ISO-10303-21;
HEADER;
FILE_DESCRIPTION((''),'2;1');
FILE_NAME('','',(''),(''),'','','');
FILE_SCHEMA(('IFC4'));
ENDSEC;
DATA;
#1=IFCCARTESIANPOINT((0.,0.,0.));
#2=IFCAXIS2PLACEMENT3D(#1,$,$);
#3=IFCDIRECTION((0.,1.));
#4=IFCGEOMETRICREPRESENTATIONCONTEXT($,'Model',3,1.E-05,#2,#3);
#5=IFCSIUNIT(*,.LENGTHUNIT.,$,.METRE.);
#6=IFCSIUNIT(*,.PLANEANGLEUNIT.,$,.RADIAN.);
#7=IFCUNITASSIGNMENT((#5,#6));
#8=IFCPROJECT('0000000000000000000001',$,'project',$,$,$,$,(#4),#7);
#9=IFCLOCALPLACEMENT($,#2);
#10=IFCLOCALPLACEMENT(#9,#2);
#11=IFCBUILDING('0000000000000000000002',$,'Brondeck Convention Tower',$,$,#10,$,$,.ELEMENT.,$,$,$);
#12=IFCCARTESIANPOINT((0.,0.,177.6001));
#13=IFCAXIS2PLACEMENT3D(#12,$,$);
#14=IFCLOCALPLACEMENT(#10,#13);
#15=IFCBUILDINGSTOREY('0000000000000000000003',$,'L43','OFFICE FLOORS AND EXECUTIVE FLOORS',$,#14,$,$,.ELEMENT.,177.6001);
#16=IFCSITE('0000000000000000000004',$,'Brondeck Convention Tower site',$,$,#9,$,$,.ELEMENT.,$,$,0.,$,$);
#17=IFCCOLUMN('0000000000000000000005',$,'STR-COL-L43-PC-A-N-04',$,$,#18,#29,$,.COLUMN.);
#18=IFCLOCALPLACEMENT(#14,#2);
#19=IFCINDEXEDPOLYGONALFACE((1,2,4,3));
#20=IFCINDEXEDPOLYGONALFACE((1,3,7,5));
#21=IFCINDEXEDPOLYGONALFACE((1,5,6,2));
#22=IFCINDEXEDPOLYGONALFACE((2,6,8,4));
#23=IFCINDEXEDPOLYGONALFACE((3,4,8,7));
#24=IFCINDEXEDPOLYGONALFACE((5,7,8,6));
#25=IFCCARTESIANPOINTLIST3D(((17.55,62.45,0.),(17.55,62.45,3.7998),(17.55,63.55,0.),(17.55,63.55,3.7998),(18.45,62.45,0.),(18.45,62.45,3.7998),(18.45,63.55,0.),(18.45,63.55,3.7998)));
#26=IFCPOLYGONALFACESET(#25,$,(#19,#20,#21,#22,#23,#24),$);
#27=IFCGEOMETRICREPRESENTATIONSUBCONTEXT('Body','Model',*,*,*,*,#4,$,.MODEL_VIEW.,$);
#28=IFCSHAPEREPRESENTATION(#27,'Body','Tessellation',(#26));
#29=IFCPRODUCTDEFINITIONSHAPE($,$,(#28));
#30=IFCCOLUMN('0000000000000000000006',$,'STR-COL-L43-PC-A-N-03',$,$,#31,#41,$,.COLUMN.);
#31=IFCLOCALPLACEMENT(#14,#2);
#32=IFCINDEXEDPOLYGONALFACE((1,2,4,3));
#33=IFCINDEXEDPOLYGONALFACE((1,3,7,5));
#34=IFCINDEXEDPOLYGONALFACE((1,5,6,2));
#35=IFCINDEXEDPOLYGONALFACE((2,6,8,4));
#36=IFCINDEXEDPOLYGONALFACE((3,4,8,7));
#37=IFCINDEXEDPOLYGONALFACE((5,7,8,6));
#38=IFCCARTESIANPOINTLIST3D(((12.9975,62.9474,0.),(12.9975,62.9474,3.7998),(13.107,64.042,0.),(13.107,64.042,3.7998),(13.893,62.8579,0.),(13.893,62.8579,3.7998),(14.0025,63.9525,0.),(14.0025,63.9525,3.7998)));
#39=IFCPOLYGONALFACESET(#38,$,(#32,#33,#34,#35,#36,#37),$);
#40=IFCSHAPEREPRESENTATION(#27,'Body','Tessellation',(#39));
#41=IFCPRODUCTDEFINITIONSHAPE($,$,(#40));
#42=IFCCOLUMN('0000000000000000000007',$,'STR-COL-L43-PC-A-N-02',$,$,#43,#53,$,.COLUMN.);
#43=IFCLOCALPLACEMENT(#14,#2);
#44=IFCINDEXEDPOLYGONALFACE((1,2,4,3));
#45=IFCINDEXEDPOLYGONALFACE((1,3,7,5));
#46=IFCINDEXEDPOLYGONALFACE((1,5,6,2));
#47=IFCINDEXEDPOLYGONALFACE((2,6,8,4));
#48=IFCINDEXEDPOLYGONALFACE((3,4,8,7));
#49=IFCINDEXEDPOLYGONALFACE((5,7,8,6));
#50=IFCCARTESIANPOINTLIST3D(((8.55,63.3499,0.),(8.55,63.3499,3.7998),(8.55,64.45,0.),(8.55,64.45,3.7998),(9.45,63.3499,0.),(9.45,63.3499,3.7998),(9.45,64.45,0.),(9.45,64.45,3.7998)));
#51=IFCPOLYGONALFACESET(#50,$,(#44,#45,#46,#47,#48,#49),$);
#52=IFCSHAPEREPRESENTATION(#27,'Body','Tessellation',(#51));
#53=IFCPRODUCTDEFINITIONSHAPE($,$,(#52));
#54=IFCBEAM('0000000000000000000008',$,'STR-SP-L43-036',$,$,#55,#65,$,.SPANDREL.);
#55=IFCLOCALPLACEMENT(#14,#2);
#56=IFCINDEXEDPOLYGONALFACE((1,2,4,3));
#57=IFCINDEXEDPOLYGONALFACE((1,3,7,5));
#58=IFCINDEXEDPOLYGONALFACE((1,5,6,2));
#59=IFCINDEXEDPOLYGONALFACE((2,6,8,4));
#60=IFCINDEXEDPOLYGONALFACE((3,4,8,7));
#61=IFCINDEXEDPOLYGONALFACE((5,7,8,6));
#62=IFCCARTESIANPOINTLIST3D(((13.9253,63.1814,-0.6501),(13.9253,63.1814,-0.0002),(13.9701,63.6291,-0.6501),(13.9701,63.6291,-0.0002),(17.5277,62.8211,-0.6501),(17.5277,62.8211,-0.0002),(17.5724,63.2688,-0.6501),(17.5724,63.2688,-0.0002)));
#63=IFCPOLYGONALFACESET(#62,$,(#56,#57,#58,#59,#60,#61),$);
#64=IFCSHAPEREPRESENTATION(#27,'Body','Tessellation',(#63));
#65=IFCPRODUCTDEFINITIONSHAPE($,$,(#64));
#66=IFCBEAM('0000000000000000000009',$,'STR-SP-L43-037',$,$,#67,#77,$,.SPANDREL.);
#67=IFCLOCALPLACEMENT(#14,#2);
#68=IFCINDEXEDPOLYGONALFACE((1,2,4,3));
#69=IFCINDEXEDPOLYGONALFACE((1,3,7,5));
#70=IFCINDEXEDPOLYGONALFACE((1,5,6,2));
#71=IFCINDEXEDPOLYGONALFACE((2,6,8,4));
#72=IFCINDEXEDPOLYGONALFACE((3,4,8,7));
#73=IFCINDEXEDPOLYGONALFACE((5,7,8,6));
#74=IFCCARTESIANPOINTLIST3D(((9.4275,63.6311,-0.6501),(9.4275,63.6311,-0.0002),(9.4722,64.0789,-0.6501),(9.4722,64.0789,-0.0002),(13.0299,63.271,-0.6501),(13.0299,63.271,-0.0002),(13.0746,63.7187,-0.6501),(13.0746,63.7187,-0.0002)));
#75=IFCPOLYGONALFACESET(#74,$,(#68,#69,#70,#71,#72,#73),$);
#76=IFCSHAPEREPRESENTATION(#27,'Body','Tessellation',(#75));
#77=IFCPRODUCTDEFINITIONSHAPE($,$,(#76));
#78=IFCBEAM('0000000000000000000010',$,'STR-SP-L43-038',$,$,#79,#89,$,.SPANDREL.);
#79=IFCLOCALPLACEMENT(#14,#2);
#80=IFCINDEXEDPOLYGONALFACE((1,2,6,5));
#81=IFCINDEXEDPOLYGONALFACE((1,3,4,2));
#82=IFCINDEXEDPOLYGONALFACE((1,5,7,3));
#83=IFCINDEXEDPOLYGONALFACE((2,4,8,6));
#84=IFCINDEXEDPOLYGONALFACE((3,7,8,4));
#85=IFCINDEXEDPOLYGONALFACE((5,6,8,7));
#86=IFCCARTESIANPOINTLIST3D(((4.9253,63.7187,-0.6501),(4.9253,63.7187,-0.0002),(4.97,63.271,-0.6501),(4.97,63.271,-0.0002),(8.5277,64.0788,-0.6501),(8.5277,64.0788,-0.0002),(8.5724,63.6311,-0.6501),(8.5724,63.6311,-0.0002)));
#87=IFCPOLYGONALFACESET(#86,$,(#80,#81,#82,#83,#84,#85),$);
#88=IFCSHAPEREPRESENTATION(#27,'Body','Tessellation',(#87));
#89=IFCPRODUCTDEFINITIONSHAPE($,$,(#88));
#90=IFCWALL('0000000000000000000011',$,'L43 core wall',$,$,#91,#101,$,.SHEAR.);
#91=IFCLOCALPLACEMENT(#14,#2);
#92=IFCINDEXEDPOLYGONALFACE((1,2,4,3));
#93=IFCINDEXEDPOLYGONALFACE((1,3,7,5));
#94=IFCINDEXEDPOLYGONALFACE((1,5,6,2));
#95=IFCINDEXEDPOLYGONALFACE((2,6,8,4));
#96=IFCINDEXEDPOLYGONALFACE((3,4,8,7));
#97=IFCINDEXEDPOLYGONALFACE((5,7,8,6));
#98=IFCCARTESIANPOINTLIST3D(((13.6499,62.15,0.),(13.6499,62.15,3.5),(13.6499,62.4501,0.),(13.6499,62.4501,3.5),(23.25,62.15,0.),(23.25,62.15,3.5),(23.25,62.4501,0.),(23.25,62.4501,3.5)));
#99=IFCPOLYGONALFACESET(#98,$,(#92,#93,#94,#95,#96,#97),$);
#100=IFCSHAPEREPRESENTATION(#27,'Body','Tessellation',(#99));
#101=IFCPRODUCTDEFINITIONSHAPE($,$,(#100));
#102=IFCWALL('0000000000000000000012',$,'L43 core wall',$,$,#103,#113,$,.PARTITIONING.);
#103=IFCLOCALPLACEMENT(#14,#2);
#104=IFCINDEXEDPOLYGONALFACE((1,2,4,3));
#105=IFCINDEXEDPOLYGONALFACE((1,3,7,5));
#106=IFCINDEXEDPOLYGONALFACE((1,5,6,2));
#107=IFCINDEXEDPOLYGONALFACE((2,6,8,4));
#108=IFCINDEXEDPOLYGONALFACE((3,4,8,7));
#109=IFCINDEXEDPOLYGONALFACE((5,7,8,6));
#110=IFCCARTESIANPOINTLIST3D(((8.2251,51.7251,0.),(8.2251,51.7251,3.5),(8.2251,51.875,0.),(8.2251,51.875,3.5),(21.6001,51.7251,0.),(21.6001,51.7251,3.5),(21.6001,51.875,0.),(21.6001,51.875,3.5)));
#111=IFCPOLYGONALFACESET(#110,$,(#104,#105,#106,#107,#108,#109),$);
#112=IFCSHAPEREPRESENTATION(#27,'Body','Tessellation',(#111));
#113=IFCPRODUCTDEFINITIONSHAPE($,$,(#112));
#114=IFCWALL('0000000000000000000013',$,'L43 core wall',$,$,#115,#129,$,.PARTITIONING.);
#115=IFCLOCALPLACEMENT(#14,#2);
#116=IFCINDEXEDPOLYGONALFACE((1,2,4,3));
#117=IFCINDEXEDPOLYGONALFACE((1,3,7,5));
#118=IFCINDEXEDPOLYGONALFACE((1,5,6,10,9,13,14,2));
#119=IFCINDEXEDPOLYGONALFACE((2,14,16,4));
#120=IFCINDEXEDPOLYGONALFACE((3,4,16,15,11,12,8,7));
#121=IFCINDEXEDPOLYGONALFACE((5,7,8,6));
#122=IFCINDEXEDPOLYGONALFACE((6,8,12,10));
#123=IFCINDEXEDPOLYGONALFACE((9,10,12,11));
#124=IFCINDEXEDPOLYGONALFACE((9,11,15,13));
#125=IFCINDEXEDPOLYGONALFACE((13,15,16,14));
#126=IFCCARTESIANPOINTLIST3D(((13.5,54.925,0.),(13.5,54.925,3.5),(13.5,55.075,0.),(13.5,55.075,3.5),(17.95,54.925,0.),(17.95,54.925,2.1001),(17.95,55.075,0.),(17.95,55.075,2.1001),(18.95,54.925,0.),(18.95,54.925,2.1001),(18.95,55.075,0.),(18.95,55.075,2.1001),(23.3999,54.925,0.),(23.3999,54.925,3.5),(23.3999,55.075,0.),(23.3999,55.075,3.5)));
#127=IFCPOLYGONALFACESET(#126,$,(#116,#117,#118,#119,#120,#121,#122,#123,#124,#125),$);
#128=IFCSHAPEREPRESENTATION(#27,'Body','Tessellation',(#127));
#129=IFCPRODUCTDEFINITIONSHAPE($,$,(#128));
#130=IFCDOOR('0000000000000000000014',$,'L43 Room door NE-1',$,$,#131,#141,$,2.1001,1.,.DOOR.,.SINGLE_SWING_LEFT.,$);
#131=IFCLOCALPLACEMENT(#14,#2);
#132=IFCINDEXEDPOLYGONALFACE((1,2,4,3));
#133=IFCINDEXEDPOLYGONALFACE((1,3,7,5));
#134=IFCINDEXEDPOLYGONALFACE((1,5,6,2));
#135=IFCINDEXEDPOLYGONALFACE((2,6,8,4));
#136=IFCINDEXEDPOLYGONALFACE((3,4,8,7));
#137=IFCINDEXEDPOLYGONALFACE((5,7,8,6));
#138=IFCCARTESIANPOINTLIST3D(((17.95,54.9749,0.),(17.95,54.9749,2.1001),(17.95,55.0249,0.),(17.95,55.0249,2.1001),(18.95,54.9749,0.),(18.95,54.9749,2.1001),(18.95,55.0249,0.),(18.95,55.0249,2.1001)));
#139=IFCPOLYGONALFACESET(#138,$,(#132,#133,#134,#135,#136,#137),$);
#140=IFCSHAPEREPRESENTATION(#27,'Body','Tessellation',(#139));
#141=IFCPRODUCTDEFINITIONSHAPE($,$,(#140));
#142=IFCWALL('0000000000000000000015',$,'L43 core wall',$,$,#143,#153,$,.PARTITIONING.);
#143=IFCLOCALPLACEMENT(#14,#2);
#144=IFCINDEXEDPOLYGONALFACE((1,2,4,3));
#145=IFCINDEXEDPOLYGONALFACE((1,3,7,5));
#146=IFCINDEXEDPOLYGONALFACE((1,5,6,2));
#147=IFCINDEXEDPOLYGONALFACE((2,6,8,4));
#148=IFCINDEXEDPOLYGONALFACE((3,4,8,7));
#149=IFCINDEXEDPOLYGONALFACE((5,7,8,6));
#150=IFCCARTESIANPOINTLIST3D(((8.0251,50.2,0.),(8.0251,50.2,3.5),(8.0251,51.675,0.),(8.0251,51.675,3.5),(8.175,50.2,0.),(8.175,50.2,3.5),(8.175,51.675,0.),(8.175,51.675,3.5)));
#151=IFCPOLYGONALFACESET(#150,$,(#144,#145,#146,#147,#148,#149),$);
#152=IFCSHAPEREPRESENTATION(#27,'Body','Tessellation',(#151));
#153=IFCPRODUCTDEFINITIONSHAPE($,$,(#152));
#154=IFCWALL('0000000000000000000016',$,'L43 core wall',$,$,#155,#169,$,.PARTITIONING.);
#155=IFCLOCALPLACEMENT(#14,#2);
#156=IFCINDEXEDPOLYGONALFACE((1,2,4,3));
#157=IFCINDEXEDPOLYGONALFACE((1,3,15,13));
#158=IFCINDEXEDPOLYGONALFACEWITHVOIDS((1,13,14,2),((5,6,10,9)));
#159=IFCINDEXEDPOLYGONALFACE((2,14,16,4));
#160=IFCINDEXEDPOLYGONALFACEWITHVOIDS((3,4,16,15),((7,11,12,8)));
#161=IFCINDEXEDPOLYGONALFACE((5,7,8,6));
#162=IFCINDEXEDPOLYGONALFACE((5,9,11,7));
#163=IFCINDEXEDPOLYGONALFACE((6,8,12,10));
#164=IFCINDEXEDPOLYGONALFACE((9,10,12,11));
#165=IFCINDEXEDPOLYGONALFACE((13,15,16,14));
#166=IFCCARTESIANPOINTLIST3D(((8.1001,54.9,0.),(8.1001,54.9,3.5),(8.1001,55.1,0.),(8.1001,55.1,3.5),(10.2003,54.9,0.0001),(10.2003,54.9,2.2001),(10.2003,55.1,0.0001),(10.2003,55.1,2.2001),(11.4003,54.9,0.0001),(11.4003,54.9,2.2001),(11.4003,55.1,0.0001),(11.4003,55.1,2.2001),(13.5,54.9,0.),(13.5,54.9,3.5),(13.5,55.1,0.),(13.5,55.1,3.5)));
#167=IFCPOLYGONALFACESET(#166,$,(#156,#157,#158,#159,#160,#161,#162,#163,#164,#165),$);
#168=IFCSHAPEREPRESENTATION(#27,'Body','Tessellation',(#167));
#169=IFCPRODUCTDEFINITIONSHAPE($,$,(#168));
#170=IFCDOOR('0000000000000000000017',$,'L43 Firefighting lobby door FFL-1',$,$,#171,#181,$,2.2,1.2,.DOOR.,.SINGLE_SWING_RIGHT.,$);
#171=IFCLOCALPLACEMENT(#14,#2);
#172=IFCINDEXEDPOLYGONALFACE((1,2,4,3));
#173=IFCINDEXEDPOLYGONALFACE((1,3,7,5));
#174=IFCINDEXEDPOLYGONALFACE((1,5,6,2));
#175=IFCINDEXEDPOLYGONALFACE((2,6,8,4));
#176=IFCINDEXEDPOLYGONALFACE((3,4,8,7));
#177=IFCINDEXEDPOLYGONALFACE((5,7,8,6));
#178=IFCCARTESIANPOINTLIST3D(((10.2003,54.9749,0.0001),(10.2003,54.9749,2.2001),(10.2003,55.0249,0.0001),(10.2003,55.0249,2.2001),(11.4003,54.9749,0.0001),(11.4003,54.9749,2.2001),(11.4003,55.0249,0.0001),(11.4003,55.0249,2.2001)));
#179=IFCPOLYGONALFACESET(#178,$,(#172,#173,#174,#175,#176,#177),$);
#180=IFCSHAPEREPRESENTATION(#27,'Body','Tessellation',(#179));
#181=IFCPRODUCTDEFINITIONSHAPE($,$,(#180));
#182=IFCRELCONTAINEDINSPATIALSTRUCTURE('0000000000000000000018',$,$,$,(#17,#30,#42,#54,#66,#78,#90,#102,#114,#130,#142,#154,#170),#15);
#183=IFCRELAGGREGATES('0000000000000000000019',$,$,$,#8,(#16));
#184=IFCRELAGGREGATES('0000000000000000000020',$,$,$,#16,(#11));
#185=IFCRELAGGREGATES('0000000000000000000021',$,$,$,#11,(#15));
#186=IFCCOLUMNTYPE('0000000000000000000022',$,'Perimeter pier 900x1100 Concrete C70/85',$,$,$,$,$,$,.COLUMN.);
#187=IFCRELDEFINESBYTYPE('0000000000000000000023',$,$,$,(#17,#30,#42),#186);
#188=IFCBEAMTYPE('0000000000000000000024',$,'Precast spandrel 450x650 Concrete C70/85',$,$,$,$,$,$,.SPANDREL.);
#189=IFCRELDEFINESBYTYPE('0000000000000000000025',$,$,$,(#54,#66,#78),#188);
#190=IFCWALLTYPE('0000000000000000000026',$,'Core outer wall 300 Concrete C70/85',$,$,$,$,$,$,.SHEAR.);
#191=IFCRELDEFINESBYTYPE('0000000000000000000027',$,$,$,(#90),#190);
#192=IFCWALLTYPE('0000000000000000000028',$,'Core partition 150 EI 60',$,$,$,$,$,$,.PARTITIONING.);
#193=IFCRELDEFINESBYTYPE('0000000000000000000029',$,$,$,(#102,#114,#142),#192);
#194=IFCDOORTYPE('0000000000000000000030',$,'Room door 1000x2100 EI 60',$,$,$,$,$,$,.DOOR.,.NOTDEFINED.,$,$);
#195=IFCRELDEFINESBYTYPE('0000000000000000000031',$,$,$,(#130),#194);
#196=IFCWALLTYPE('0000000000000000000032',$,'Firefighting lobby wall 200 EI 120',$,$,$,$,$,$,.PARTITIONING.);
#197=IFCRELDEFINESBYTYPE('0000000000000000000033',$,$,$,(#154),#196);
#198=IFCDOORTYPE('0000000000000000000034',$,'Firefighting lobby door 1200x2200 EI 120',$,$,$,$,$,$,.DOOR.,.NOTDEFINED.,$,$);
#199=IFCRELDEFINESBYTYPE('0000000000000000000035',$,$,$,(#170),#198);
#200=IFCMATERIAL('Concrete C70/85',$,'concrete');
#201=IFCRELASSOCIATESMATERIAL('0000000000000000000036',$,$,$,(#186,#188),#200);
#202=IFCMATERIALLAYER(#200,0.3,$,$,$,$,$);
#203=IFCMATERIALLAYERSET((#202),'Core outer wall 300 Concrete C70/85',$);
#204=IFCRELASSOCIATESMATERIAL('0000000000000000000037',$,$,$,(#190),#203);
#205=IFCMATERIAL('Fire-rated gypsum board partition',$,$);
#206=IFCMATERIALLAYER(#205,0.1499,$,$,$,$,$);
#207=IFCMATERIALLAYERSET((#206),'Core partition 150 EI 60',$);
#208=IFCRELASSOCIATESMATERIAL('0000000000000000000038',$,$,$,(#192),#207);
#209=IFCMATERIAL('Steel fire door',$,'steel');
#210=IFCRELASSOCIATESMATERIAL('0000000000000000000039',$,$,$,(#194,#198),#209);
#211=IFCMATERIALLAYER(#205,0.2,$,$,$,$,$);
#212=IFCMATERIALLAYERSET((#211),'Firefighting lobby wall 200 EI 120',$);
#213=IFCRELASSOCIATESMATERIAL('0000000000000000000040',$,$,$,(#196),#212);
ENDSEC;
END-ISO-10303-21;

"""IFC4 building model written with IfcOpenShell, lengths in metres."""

from ifc_helpers import new_model, si_unit, direction, frame, frame_2d, origin, origin_2d, place, context, subcontext, project, spatial, rectangle, extrude, material, layer, layer_set, material_profile, profile_set, type_object, element, fill, save


model = new_model("IFC4")

# Units and contexts
model_context = context("Model", 3, precision=1e-05, world=origin(), true_north=direction((0.0, 1.0)))
body_context = subcontext(model_context, "Body", "Model", "MODEL_VIEW")
ifc_project = project(units=[si_unit("LENGTHUNIT", "METRE"), si_unit("PLANEANGLEUNIT", "RADIAN")], contexts=[model_context])

# Site, building, storey
site_placement = place(None, origin())
site = spatial("IfcSite", under=ifc_project, at=site_placement, Name="Brondeck Convention Tower site", CompositionType="ELEMENT", RefElevation=0.0)
building_placement = place(site_placement, origin())
building = spatial("IfcBuilding", under=site, at=building_placement, Name="Brondeck Convention Tower", CompositionType="ELEMENT")
storey_placement = place(building_placement, frame((0.0, 0.0, 177.6001)))
storey = spatial("IfcBuildingStorey", under=building, at=storey_placement, Name="L43", Description="OFFICE FLOORS AND EXECUTIVE FLOORS", CompositionType="ELEMENT", Elevation=177.6001)

# Columns
ifc_material_1 = material(Name="Concrete C70/85", Category="concrete")
ifc_material_profile_1 = material_profile(ifc_material_1, rectangle(XDim=0.8999, YDim=1.1001, at=origin_2d()), Name="Perimeter pier 900x1100 Concrete C70/85")
ifc_profile_set_1 = profile_set([ifc_material_profile_1], Name="Concrete C70/85")
column_type = type_object("IfcColumnType", Name="Perimeter pier 900x1100 Concrete C70/85", PredefinedType="COLUMN", material=ifc_profile_set_1)
for number, where, z_axis, x_axis, name in (
    (1, (18.0, 63.0, 0.0), (0.0, 0.0, 1.0), (-1.0, 0.0, 0.0), "STR-COL-L43-PC-A-N-04"),
    (2, (13.5, 63.45, 0.0), (0.0, 0.0, 1.0), (-0.995037, 0.099504, 0.0), "STR-COL-L43-PC-A-N-03"),
    (3, (9.0, 63.8999, 0.0), (0.0, 0.0, 1.0), (-1.0, 0.0, 0.0), "STR-COL-L43-PC-A-N-02"),
):
    element("IfcColumn", number, at=place(storey_placement, frame(where, z_axis=z_axis, x_axis=x_axis)), inside=storey, type_object=column_type, Name=name, PredefinedType="COLUMN", context=body_context, shape_type="SweptSolid", body=[
        extrude(rectangle(XDim=0.8999, YDim=1.1001, at=origin_2d()), origin(), (0.0, 0.0, 1.0), 3.7998),
    ])

# Beams
ifc_material_profile_2 = material_profile(ifc_material_1, rectangle(XDim=0.45, YDim=0.6499, at=origin_2d()), Name="Precast spandrel 450x650 Concrete C70/85")
ifc_profile_set_2 = profile_set([ifc_material_profile_2], Name="Concrete C70/85")
beam_type = type_object("IfcBeamType", Name="Precast spandrel 450x650 Concrete C70/85", PredefinedType="SPANDREL", material=ifc_profile_set_2)
for number, where, z_axis, x_axis, name in (
    (4, (17.55, 63.0449, -0.3252), (-0.995034, 0.099537, 0.0), (-0.099537, -0.995034, 0.0), "STR-SP-L43-036"),
    (5, (13.0522, 63.4949, -0.3252), (-0.995041, 0.09947, 0.0), (-0.09947, -0.995041, 0.0), "STR-SP-L43-037"),
    (6, (8.55, 63.855, -0.3252), (-0.995041, -0.09947, 0.0), (0.09947, -0.995041, 0.0), "STR-SP-L43-038"),
):
    element("IfcBeam", number, at=place(storey_placement, frame(where, z_axis=z_axis, x_axis=x_axis)), inside=storey, type_object=beam_type, Name=name, PredefinedType="SPANDREL", context=body_context, shape_type="SweptSolid", body=[
        extrude(rectangle(XDim=0.45, YDim=0.6499, at=origin_2d()), origin(), (0.0, 0.0, 1.0), 3.6204),
    ])

# Walls
ifc_layer_1 = layer(ifc_material_1, 0.3)
ifc_layer_set_1 = layer_set([ifc_layer_1], Name="Core outer wall 300 Concrete C70/85")
wall_type_1 = type_object("IfcWallType", Name="Core outer wall 300 Concrete C70/85", PredefinedType="SHEAR", material=ifc_layer_set_1)
wall_1_placement = place(storey_placement, frame((13.6499, 62.3, 0.0), z_axis=(0.0, 0.0, 1.0), x_axis=(1.0, 0.0, 0.0)))
element("IfcWall", 7, at=wall_1_placement, inside=storey, type_object=wall_type_1, Name="L43 core wall", PredefinedType="SHEAR", context=body_context, shape_type="SweptSolid", body=[
    extrude(rectangle(XDim=9.6001, YDim=0.3, at=frame_2d((4.8, 0.0))), origin(), (0.0, 0.0, 1.0), 3.5),
])
ifc_material_2 = material(Name="Fire-rated gypsum board partition")
ifc_layer_2 = layer(ifc_material_2, 0.1499)
ifc_layer_set_2 = layer_set([ifc_layer_2], Name="Core partition 150 EI 60")
wall_type_2 = type_object("IfcWallType", Name="Core partition 150 EI 60", PredefinedType="PARTITIONING", material=ifc_layer_set_2)
wall_2_placement = place(storey_placement, frame((8.2251, 51.8, 0.0), z_axis=(0.0, 0.0, 1.0), x_axis=(1.0, 0.0, 0.0)))
element("IfcWall", 8, at=wall_2_placement, inside=storey, type_object=wall_type_2, Name="L43 core wall", PredefinedType="PARTITIONING", context=body_context, shape_type="SweptSolid", body=[
    extrude(rectangle(XDim=13.375, YDim=0.1499, at=frame_2d((6.6875, 0.0))), origin(), (0.0, 0.0, 1.0), 3.5),
])

# Wall, opening, door
wall_3_placement = place(storey_placement, frame((13.5, 55.0, 0.0), z_axis=(0.0, 0.0, 1.0), x_axis=(1.0, 0.0, 0.0)))
wall_3 = element("IfcWall", 9, at=wall_3_placement, inside=storey, type_object=wall_type_2, Name="L43 core wall", PredefinedType="PARTITIONING", context=body_context, shape_type="SweptSolid", body=[
    extrude(rectangle(XDim=9.8999, YDim=0.1499, at=frame_2d((4.95, 0.0))), origin(), (0.0, 0.0, 1.0), 3.5),
])
opening_1_placement = place(wall_3_placement, frame((4.45, 0.0, 0.0)))
opening_1 = element("IfcOpeningElement", 10, at=opening_1_placement, cuts=wall_3, PredefinedType="OPENING", context=body_context, shape_type="SweptSolid", body=[
    extrude(rectangle(XDim=1.0, YDim=2.1001, at=frame_2d((0.5, 1.05))), frame((0.0, 0.085, 0.0), z_axis=(0.0, -1.0, 0.0), x_axis=(1.0, 0.0, 0.0)), (0.0, 0.0, 1.0), 0.1699),
])
ifc_material_3 = material(Name="Steel fire door", Category="steel")
door_type_1 = type_object("IfcDoorType", Name="Room door 1000x2100 EI 60", OperationType="NOTDEFINED", PredefinedType="DOOR", material=ifc_material_3)
door_1_placement = place(opening_1_placement, origin())
door_1 = element("IfcDoor", 11, at=door_1_placement, inside=storey, type_object=door_type_1, Name="L43 Room door NE-1", OperationType="SINGLE_SWING_LEFT", OverallHeight=2.1001, OverallWidth=1.0, PredefinedType="DOOR", context=body_context, shape_type="SweptSolid", body=[
    extrude(rectangle(XDim=1.0, YDim=2.1001, at=frame_2d((0.5, 1.05))), frame((0.0, 0.0249, 0.0), z_axis=(0.0, -1.0, 0.0), x_axis=(1.0, 0.0, 0.0)), (0.0, 0.0, 1.0), 0.05),
])
fill(opening_1, door_1)

# Wall
wall_4_placement = place(storey_placement, frame((8.1001, 50.2, 0.0), z_axis=(0.0, 0.0, 1.0), x_axis=(0.0, 1.0, 0.0)))
element("IfcWall", 12, at=wall_4_placement, inside=storey, type_object=wall_type_2, Name="L43 core wall", PredefinedType="PARTITIONING", context=body_context, shape_type="SweptSolid", body=[
    extrude(rectangle(XDim=1.4751, YDim=0.1499, at=frame_2d((0.7375, 0.0))), origin(), (0.0, 0.0, 1.0), 3.5),
])

# Wall, opening, door
ifc_layer_3 = layer(ifc_material_2, 0.2)
ifc_layer_set_3 = layer_set([ifc_layer_3], Name="Firefighting lobby wall 200 EI 120")
wall_type_3 = type_object("IfcWallType", Name="Firefighting lobby wall 200 EI 120", PredefinedType="PARTITIONING", material=ifc_layer_set_3)
wall_5_placement = place(storey_placement, frame((8.1001, 55.0, 0.0), z_axis=(0.0, 0.0, 1.0), x_axis=(1.0, 0.0, 0.0)))
wall_5 = element("IfcWall", 13, at=wall_5_placement, inside=storey, type_object=wall_type_3, Name="L43 core wall", PredefinedType="PARTITIONING", context=body_context, shape_type="SweptSolid", body=[
    extrude(rectangle(XDim=5.3999, YDim=0.2, at=frame_2d((2.7, 0.0))), origin(), (0.0, 0.0, 1.0), 3.5),
])
opening_2_placement = place(wall_5_placement, frame((2.1001, 0.0, 0.0)))
opening_2 = element("IfcOpeningElement", 14, at=opening_2_placement, cuts=wall_5, PredefinedType="OPENING", context=body_context, shape_type="SweptSolid", body=[
    extrude(rectangle(XDim=1.2, YDim=2.2, at=frame_2d((0.6001, 1.1001))), frame((0.0, 0.1099, 0.0), z_axis=(0.0, -1.0, 0.0), x_axis=(1.0, 0.0, 0.0)), (0.0, 0.0, 1.0), 0.22),
])
door_type_2 = type_object("IfcDoorType", Name="Firefighting lobby door 1200x2200 EI 120", OperationType="NOTDEFINED", PredefinedType="DOOR", material=ifc_material_3)
door_2_placement = place(opening_2_placement, origin())
door_2 = element("IfcDoor", 15, at=door_2_placement, inside=storey, type_object=door_type_2, Name="L43 Firefighting lobby door FFL-1", OperationType="SINGLE_SWING_RIGHT", OverallHeight=2.2, OverallWidth=1.2, PredefinedType="DOOR", context=body_context, shape_type="SweptSolid", body=[
    extrude(rectangle(XDim=1.2, YDim=2.2, at=frame_2d((0.6001, 1.1001))), frame((0.0, 0.0249, 0.0), z_axis=(0.0, -1.0, 0.0), x_axis=(1.0, 0.0, 0.0)), (0.0, 0.0, 1.0), 0.05),
])
fill(opening_2, door_2)

save(model, "model.ifc")
